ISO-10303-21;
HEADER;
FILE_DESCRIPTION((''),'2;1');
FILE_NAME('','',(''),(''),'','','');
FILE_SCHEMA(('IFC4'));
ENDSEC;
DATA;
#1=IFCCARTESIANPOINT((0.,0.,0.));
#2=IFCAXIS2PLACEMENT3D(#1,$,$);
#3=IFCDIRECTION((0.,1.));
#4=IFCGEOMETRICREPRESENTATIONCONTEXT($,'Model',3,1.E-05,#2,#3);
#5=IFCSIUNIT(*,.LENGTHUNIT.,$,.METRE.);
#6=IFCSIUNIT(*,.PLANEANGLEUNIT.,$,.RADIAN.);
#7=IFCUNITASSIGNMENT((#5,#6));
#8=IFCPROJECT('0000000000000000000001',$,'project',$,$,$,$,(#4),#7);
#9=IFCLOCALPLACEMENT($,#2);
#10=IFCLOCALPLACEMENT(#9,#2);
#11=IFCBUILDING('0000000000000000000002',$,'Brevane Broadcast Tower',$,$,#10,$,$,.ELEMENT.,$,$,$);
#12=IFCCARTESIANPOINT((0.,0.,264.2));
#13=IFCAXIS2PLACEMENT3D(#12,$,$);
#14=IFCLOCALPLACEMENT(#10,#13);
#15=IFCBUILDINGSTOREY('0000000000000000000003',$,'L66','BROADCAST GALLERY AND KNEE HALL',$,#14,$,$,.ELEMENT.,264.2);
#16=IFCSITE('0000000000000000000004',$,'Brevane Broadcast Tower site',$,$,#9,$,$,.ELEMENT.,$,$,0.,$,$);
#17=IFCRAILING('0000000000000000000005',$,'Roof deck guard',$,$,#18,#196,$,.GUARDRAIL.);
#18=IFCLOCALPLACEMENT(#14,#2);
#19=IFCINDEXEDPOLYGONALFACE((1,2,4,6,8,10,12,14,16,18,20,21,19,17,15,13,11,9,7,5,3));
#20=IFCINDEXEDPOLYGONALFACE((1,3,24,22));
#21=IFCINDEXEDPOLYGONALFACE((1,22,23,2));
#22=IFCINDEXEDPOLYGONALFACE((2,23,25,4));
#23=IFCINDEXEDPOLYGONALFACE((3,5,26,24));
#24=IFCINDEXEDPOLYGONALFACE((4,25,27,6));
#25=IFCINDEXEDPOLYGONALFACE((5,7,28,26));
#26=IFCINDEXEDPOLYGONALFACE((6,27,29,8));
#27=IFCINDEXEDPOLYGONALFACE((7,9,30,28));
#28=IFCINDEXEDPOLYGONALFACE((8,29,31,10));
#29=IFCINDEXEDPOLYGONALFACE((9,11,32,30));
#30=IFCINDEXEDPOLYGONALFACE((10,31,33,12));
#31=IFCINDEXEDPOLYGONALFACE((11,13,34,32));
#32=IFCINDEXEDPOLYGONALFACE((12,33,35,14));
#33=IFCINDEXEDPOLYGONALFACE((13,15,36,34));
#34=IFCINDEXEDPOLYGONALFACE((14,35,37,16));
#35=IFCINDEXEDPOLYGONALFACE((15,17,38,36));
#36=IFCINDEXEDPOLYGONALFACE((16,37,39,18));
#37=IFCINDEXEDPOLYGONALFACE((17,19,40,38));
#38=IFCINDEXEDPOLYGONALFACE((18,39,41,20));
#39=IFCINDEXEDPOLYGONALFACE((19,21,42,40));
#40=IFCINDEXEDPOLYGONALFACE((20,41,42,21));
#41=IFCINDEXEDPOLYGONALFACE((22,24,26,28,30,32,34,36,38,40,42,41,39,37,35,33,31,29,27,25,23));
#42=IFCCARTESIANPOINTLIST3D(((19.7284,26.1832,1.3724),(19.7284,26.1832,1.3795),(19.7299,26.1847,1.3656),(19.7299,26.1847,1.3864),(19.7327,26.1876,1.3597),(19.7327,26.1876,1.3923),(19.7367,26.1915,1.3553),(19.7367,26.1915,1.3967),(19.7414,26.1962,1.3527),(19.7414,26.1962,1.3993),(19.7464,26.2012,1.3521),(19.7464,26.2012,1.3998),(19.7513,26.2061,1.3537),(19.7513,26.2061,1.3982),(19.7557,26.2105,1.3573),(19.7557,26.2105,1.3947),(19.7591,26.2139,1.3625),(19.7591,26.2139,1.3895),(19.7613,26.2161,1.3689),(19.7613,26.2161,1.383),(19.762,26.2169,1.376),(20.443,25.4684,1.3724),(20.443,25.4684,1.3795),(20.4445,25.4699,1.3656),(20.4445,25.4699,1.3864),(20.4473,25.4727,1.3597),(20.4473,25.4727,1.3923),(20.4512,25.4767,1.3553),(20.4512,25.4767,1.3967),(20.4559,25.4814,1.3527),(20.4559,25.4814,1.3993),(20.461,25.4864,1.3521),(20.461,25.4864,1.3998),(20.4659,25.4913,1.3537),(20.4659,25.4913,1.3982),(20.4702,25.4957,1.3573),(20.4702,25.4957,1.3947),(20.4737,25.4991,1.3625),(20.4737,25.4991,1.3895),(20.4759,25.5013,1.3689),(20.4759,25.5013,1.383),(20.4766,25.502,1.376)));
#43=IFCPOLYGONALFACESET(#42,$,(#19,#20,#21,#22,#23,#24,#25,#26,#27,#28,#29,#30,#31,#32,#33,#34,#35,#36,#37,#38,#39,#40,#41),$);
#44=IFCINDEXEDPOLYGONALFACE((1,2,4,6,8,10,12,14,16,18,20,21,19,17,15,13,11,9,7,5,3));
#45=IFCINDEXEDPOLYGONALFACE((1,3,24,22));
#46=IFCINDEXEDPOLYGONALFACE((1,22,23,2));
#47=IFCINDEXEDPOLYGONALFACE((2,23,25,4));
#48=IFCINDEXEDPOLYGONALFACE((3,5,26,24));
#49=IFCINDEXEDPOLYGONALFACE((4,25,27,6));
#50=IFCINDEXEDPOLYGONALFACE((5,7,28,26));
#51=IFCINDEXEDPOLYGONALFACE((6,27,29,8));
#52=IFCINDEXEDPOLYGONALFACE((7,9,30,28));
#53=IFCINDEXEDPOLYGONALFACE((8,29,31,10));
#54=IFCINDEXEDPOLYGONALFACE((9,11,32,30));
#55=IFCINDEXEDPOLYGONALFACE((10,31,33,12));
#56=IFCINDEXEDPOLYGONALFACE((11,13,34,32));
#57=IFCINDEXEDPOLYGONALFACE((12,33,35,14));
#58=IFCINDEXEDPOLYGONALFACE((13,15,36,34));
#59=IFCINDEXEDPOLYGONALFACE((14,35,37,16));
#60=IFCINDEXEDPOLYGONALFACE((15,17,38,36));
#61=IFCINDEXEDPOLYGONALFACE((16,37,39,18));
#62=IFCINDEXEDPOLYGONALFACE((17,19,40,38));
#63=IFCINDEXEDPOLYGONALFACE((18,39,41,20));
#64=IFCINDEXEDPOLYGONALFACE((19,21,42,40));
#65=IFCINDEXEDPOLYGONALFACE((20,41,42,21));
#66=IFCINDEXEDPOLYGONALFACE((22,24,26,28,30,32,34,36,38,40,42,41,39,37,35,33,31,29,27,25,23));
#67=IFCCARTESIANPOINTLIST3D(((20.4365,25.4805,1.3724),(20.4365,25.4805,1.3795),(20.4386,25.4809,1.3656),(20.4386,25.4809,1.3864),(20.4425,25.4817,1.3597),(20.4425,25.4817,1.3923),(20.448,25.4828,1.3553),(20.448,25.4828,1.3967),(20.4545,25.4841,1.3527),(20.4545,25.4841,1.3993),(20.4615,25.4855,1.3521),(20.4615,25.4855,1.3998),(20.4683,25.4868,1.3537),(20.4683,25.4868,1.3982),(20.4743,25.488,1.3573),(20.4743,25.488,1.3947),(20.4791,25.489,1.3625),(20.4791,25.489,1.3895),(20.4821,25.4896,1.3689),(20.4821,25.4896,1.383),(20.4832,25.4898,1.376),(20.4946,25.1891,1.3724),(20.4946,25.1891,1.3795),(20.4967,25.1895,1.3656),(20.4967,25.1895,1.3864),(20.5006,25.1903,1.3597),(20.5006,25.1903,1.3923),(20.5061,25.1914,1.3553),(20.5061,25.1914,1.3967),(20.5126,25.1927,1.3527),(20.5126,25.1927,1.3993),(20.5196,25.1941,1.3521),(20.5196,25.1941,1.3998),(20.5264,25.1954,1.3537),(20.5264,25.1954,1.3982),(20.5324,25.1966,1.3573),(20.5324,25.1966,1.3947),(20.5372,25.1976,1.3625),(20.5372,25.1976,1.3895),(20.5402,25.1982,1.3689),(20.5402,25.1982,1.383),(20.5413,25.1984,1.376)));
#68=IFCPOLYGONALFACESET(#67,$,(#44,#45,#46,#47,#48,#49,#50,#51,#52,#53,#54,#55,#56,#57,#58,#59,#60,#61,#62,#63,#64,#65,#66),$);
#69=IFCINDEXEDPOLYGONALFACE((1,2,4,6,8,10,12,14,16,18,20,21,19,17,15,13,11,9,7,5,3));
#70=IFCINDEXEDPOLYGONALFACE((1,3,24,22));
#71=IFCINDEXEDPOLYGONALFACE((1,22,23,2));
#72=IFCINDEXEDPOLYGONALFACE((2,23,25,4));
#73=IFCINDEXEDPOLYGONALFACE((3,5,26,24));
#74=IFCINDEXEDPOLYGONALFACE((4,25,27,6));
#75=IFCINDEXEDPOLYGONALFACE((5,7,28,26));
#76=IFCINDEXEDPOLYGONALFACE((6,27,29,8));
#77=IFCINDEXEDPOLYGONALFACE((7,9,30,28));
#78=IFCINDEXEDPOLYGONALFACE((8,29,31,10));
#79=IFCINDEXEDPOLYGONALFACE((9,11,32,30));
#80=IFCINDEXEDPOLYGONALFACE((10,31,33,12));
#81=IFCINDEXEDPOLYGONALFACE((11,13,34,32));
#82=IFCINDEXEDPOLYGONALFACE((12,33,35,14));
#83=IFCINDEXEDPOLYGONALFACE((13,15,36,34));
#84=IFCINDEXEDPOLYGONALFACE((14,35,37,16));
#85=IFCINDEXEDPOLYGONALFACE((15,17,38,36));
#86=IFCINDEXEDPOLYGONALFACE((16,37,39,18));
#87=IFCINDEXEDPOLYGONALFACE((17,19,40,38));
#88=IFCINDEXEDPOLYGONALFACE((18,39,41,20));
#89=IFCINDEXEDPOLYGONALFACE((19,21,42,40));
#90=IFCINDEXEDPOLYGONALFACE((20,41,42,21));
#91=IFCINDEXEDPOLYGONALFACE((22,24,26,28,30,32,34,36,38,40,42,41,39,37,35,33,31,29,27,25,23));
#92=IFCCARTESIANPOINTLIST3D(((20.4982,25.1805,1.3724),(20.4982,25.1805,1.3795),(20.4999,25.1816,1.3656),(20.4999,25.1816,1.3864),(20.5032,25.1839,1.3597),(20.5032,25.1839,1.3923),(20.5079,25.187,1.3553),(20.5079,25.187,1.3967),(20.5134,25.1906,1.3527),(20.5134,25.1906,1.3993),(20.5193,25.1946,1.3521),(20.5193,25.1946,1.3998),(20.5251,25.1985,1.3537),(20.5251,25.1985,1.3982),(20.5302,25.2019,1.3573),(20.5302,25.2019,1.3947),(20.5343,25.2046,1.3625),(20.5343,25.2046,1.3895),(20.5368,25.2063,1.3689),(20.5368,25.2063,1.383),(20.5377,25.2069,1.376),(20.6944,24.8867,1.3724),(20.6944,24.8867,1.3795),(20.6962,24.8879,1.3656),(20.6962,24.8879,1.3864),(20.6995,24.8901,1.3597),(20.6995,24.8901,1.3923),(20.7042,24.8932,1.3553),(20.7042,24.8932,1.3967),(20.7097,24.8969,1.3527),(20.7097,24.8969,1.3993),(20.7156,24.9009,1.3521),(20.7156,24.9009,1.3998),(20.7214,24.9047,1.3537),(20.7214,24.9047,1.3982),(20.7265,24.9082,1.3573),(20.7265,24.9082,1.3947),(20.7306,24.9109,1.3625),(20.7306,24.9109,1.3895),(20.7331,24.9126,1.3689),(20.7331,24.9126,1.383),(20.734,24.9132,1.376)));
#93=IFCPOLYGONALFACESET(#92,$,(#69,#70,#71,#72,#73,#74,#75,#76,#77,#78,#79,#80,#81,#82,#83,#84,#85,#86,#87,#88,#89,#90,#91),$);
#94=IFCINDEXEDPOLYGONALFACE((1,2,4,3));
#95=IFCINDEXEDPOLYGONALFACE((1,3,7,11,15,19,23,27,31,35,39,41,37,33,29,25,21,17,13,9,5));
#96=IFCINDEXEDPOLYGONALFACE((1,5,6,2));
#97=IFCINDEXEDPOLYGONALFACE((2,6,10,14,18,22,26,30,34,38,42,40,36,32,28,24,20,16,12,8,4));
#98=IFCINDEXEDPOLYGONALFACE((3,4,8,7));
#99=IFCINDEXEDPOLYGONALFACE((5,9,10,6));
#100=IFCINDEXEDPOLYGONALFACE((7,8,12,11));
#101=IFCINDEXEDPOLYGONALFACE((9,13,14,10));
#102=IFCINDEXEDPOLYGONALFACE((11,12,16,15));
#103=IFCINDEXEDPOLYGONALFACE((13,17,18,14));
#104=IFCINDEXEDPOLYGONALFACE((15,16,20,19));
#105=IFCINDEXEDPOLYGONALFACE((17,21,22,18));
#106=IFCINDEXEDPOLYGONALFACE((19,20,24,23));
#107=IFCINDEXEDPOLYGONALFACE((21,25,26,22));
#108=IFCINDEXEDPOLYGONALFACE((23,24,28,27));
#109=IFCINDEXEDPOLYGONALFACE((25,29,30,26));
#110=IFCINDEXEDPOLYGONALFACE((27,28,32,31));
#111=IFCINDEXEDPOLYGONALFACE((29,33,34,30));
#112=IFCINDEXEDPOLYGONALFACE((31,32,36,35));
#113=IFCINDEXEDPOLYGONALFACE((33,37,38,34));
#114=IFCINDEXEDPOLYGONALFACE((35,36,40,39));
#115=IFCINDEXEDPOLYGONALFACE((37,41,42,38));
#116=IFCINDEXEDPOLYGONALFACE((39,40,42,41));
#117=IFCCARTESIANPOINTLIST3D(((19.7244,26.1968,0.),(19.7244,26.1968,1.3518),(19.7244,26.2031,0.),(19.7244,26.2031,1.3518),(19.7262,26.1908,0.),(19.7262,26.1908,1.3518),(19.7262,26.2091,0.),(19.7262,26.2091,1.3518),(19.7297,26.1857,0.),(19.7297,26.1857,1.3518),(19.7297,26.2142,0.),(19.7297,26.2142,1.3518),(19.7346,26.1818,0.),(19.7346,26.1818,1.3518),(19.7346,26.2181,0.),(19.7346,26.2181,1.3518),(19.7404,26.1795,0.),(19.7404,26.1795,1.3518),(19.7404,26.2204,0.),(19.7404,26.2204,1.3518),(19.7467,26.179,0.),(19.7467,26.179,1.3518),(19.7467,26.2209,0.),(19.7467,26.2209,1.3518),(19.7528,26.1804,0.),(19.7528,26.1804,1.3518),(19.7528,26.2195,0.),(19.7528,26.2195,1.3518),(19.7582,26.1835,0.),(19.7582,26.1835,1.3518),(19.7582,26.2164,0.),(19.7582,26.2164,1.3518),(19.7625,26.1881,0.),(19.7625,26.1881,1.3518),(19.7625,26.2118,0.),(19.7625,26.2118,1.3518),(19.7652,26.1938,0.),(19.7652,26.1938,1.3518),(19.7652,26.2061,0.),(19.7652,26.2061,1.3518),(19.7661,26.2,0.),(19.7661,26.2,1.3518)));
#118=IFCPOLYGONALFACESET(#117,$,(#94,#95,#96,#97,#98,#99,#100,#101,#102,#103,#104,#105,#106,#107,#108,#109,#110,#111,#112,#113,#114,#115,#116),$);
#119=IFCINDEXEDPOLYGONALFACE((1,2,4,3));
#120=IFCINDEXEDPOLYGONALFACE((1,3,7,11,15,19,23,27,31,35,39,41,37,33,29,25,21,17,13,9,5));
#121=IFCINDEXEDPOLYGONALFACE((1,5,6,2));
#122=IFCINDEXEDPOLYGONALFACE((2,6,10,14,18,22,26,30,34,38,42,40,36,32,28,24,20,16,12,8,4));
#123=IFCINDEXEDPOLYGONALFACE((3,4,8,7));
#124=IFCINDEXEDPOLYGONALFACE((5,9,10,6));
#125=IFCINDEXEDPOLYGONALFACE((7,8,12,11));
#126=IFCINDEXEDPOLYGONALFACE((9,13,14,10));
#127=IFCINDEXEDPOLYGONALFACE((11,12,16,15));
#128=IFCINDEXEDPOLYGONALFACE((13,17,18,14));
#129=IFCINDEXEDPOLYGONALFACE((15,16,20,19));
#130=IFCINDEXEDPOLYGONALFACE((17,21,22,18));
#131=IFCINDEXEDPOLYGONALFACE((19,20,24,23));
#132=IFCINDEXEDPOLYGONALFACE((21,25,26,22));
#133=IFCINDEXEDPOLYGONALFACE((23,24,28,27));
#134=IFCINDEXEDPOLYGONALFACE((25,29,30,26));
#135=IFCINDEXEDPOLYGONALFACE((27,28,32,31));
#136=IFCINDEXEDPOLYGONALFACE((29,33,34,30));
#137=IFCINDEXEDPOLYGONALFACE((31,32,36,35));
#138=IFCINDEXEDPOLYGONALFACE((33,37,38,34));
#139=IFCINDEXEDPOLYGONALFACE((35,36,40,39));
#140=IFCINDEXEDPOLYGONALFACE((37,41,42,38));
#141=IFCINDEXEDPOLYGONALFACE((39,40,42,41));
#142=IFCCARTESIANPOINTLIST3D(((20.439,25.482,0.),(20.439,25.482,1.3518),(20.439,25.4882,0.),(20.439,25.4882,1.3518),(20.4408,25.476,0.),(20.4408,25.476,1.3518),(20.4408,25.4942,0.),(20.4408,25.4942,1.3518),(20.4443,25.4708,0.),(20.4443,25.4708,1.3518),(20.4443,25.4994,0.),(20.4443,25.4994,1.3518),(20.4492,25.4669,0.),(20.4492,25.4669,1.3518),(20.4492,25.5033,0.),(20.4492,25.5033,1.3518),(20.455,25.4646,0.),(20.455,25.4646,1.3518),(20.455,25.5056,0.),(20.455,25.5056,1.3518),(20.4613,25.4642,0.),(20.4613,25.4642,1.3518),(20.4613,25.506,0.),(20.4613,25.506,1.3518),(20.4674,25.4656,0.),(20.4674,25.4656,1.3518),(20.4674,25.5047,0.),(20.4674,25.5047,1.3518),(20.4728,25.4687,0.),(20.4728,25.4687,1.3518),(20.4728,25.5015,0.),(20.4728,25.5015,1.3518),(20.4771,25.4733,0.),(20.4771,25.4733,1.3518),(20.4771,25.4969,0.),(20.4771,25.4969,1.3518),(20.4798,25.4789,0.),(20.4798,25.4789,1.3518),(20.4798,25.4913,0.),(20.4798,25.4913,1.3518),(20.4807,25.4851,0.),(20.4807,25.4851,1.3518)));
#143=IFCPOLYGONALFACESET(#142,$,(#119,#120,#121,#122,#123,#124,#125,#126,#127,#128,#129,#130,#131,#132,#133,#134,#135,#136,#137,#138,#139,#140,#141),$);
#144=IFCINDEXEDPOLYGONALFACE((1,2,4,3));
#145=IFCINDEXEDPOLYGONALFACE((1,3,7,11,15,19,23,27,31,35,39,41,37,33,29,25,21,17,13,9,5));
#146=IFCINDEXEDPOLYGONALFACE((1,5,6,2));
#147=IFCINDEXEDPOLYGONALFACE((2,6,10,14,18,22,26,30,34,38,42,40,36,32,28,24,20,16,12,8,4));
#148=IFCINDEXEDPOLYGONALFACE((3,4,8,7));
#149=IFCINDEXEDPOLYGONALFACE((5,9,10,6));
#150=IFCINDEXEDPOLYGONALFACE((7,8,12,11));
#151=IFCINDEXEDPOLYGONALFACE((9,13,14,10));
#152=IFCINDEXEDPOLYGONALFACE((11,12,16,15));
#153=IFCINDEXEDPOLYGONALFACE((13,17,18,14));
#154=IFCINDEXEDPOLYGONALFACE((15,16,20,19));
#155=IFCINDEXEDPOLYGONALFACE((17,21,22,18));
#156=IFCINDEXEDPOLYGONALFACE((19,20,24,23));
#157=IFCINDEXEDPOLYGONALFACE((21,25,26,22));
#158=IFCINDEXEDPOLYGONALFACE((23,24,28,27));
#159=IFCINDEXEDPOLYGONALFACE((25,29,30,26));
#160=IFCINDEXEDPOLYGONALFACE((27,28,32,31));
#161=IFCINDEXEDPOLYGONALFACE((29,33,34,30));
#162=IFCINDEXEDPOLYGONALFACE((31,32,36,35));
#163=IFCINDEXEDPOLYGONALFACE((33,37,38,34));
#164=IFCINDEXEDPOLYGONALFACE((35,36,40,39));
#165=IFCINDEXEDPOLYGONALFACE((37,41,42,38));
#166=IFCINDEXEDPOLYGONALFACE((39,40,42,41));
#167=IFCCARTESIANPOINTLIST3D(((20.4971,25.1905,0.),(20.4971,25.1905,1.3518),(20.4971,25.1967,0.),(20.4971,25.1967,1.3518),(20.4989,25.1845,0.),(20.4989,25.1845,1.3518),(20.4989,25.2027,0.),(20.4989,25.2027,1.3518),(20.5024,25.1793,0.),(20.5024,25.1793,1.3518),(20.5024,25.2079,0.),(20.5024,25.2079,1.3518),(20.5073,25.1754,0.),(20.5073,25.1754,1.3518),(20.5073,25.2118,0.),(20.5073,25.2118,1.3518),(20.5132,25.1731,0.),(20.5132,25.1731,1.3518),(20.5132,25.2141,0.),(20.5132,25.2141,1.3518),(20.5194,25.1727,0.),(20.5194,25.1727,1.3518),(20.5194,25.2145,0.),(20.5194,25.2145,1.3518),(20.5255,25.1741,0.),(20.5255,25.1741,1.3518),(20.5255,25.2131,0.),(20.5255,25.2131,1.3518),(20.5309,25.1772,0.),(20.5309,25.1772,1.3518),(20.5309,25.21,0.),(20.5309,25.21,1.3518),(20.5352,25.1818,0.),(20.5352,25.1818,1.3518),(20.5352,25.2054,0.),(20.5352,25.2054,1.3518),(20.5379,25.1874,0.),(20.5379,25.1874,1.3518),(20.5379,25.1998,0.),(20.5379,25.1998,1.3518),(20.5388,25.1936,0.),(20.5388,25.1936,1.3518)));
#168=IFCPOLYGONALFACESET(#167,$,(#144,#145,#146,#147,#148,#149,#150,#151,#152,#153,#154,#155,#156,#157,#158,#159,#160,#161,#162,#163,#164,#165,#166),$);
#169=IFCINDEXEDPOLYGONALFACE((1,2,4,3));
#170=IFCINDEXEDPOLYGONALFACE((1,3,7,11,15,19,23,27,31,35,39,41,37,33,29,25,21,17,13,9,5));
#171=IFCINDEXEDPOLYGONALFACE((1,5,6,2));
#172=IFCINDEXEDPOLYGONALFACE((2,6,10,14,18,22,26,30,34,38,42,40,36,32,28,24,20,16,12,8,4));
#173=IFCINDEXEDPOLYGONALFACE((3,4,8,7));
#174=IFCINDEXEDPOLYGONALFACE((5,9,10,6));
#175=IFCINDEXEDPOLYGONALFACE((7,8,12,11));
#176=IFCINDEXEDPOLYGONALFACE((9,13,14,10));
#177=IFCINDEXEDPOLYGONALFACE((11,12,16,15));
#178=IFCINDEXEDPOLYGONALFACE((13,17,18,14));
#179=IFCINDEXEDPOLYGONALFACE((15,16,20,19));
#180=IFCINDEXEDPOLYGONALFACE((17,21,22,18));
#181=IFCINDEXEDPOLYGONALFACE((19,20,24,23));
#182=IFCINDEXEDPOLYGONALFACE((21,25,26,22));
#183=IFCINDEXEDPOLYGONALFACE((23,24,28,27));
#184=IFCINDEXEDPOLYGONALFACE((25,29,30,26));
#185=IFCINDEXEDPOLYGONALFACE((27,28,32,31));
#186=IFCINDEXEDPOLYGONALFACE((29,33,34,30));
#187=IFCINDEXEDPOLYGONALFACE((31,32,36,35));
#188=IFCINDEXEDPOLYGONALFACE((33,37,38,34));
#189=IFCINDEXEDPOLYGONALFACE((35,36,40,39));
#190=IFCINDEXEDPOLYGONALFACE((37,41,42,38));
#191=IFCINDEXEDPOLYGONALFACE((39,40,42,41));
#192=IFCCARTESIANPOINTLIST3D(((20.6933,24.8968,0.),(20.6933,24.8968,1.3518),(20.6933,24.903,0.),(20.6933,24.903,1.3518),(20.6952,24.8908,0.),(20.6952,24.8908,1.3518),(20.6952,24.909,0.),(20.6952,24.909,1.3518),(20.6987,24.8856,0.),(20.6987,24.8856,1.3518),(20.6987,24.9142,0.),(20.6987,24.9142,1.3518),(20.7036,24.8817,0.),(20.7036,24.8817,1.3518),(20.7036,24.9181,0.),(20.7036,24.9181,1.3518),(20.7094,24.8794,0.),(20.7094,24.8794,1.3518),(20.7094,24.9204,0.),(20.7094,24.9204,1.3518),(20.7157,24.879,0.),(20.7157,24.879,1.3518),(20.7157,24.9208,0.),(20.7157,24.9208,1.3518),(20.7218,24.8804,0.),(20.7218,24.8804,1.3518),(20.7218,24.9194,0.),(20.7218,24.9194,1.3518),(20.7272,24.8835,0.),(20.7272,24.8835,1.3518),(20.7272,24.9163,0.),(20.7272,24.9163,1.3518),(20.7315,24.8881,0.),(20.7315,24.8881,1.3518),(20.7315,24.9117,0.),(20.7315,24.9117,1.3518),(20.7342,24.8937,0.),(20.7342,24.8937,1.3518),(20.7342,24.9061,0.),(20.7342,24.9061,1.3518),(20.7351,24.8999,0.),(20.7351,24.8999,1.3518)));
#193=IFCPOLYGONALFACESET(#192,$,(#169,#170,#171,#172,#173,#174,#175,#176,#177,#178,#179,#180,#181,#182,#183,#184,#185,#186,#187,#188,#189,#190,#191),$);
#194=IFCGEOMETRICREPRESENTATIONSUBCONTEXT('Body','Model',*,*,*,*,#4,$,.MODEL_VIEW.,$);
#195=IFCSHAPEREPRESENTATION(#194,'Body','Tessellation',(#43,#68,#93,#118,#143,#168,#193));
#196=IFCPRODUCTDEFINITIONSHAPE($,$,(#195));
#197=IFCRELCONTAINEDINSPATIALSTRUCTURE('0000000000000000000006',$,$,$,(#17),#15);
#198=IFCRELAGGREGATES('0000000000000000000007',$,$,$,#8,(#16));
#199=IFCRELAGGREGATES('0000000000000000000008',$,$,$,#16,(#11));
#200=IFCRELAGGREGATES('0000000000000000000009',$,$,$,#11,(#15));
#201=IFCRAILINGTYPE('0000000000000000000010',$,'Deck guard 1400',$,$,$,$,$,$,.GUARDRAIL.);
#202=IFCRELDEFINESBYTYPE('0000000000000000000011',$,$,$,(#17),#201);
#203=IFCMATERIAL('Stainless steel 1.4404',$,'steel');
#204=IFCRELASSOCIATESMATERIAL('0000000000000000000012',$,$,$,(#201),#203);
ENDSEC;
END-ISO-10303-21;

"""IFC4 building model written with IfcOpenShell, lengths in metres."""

from ifc_helpers import new_model, si_unit, direction, frame, origin, origin_2d, place, context, subcontext, project, spatial, circle, extrude, material, type_object, element, save


model = new_model("IFC4")

# Units and contexts
model_context = context("Model", 3, precision=1e-05, world=origin(), true_north=direction((0.0, 1.0)))
body_context = subcontext(model_context, "Body", "Model", "MODEL_VIEW")
ifc_project = project(units=[si_unit("LENGTHUNIT", "METRE"), si_unit("PLANEANGLEUNIT", "RADIAN")], contexts=[model_context])

# Site, building, storey
site_placement = place(None, origin())
site = spatial("IfcSite", under=ifc_project, at=site_placement, Name="Brevane Broadcast Tower site", CompositionType="ELEMENT", RefElevation=0.0)
building_placement = place(site_placement, origin())
building = spatial("IfcBuilding", under=site, at=building_placement, Name="Brevane Broadcast Tower", CompositionType="ELEMENT")
storey_placement = place(building_placement, frame((0.0, 0.0, 264.2)))
storey = spatial("IfcBuildingStorey", under=building, at=storey_placement, Name="L66", Description="BROADCAST GALLERY AND KNEE HALL", CompositionType="ELEMENT", Elevation=264.2)

# Railing
ifc_material_1 = material(Name="Stainless steel 1.4404", Category="steel")
railing_type_1 = type_object("IfcRailingType", Name="Deck guard 1400", PredefinedType="GUARDRAIL", material=ifc_material_1)
railing_1_placement = place(storey_placement, frame((19.7451, 26.2, 0.0)))
element("IfcRailing", 1, at=railing_1_placement, inside=storey, type_object=railing_type_1, Name="Roof deck guard", PredefinedType="GUARDRAIL", context=body_context, shape_type="SweptSolid", body=[
    extrude(circle(Radius=0.0239, at=origin_2d()), frame((0.0, 0.0, 1.376), z_axis=(0.706986, -0.707228, 0.0), x_axis=(0.707228, 0.706986, 0.0)), (0.0, 0.0, 1.0), 1.0107),
    extrude(circle(Radius=0.0239, at=origin_2d()), frame((0.7146, -0.7148, 1.376), z_axis=(0.195484, -0.980707, 0.0), x_axis=(0.980707, 0.195484, 0.0)), (0.0, 0.0, 1.0), 0.2971),
    extrude(circle(Radius=0.0239, at=origin_2d()), frame((0.7727, -1.0063, 1.376), z_axis=(0.555657, -0.831412, 0.0), x_axis=(0.831412, 0.555657, 0.0)), (0.0, 0.0, 1.0), 0.3533),
    extrude(circle(Radius=0.021, at=origin_2d()), origin(), (0.0, 0.0, 1.0), 1.3518),
    extrude(circle(Radius=0.021, at=origin_2d()), frame((0.7146, -0.7148, 0.0)), (0.0, 0.0, 1.0), 1.3518),
    extrude(circle(Radius=0.021, at=origin_2d()), frame((0.7727, -1.0063, 0.0)), (0.0, 0.0, 1.0), 1.3518),
    extrude(circle(Radius=0.021, at=origin_2d()), frame((0.969, -1.3, 0.0)), (0.0, 0.0, 1.0), 1.3518),
])

save(model, "model.ifc")
